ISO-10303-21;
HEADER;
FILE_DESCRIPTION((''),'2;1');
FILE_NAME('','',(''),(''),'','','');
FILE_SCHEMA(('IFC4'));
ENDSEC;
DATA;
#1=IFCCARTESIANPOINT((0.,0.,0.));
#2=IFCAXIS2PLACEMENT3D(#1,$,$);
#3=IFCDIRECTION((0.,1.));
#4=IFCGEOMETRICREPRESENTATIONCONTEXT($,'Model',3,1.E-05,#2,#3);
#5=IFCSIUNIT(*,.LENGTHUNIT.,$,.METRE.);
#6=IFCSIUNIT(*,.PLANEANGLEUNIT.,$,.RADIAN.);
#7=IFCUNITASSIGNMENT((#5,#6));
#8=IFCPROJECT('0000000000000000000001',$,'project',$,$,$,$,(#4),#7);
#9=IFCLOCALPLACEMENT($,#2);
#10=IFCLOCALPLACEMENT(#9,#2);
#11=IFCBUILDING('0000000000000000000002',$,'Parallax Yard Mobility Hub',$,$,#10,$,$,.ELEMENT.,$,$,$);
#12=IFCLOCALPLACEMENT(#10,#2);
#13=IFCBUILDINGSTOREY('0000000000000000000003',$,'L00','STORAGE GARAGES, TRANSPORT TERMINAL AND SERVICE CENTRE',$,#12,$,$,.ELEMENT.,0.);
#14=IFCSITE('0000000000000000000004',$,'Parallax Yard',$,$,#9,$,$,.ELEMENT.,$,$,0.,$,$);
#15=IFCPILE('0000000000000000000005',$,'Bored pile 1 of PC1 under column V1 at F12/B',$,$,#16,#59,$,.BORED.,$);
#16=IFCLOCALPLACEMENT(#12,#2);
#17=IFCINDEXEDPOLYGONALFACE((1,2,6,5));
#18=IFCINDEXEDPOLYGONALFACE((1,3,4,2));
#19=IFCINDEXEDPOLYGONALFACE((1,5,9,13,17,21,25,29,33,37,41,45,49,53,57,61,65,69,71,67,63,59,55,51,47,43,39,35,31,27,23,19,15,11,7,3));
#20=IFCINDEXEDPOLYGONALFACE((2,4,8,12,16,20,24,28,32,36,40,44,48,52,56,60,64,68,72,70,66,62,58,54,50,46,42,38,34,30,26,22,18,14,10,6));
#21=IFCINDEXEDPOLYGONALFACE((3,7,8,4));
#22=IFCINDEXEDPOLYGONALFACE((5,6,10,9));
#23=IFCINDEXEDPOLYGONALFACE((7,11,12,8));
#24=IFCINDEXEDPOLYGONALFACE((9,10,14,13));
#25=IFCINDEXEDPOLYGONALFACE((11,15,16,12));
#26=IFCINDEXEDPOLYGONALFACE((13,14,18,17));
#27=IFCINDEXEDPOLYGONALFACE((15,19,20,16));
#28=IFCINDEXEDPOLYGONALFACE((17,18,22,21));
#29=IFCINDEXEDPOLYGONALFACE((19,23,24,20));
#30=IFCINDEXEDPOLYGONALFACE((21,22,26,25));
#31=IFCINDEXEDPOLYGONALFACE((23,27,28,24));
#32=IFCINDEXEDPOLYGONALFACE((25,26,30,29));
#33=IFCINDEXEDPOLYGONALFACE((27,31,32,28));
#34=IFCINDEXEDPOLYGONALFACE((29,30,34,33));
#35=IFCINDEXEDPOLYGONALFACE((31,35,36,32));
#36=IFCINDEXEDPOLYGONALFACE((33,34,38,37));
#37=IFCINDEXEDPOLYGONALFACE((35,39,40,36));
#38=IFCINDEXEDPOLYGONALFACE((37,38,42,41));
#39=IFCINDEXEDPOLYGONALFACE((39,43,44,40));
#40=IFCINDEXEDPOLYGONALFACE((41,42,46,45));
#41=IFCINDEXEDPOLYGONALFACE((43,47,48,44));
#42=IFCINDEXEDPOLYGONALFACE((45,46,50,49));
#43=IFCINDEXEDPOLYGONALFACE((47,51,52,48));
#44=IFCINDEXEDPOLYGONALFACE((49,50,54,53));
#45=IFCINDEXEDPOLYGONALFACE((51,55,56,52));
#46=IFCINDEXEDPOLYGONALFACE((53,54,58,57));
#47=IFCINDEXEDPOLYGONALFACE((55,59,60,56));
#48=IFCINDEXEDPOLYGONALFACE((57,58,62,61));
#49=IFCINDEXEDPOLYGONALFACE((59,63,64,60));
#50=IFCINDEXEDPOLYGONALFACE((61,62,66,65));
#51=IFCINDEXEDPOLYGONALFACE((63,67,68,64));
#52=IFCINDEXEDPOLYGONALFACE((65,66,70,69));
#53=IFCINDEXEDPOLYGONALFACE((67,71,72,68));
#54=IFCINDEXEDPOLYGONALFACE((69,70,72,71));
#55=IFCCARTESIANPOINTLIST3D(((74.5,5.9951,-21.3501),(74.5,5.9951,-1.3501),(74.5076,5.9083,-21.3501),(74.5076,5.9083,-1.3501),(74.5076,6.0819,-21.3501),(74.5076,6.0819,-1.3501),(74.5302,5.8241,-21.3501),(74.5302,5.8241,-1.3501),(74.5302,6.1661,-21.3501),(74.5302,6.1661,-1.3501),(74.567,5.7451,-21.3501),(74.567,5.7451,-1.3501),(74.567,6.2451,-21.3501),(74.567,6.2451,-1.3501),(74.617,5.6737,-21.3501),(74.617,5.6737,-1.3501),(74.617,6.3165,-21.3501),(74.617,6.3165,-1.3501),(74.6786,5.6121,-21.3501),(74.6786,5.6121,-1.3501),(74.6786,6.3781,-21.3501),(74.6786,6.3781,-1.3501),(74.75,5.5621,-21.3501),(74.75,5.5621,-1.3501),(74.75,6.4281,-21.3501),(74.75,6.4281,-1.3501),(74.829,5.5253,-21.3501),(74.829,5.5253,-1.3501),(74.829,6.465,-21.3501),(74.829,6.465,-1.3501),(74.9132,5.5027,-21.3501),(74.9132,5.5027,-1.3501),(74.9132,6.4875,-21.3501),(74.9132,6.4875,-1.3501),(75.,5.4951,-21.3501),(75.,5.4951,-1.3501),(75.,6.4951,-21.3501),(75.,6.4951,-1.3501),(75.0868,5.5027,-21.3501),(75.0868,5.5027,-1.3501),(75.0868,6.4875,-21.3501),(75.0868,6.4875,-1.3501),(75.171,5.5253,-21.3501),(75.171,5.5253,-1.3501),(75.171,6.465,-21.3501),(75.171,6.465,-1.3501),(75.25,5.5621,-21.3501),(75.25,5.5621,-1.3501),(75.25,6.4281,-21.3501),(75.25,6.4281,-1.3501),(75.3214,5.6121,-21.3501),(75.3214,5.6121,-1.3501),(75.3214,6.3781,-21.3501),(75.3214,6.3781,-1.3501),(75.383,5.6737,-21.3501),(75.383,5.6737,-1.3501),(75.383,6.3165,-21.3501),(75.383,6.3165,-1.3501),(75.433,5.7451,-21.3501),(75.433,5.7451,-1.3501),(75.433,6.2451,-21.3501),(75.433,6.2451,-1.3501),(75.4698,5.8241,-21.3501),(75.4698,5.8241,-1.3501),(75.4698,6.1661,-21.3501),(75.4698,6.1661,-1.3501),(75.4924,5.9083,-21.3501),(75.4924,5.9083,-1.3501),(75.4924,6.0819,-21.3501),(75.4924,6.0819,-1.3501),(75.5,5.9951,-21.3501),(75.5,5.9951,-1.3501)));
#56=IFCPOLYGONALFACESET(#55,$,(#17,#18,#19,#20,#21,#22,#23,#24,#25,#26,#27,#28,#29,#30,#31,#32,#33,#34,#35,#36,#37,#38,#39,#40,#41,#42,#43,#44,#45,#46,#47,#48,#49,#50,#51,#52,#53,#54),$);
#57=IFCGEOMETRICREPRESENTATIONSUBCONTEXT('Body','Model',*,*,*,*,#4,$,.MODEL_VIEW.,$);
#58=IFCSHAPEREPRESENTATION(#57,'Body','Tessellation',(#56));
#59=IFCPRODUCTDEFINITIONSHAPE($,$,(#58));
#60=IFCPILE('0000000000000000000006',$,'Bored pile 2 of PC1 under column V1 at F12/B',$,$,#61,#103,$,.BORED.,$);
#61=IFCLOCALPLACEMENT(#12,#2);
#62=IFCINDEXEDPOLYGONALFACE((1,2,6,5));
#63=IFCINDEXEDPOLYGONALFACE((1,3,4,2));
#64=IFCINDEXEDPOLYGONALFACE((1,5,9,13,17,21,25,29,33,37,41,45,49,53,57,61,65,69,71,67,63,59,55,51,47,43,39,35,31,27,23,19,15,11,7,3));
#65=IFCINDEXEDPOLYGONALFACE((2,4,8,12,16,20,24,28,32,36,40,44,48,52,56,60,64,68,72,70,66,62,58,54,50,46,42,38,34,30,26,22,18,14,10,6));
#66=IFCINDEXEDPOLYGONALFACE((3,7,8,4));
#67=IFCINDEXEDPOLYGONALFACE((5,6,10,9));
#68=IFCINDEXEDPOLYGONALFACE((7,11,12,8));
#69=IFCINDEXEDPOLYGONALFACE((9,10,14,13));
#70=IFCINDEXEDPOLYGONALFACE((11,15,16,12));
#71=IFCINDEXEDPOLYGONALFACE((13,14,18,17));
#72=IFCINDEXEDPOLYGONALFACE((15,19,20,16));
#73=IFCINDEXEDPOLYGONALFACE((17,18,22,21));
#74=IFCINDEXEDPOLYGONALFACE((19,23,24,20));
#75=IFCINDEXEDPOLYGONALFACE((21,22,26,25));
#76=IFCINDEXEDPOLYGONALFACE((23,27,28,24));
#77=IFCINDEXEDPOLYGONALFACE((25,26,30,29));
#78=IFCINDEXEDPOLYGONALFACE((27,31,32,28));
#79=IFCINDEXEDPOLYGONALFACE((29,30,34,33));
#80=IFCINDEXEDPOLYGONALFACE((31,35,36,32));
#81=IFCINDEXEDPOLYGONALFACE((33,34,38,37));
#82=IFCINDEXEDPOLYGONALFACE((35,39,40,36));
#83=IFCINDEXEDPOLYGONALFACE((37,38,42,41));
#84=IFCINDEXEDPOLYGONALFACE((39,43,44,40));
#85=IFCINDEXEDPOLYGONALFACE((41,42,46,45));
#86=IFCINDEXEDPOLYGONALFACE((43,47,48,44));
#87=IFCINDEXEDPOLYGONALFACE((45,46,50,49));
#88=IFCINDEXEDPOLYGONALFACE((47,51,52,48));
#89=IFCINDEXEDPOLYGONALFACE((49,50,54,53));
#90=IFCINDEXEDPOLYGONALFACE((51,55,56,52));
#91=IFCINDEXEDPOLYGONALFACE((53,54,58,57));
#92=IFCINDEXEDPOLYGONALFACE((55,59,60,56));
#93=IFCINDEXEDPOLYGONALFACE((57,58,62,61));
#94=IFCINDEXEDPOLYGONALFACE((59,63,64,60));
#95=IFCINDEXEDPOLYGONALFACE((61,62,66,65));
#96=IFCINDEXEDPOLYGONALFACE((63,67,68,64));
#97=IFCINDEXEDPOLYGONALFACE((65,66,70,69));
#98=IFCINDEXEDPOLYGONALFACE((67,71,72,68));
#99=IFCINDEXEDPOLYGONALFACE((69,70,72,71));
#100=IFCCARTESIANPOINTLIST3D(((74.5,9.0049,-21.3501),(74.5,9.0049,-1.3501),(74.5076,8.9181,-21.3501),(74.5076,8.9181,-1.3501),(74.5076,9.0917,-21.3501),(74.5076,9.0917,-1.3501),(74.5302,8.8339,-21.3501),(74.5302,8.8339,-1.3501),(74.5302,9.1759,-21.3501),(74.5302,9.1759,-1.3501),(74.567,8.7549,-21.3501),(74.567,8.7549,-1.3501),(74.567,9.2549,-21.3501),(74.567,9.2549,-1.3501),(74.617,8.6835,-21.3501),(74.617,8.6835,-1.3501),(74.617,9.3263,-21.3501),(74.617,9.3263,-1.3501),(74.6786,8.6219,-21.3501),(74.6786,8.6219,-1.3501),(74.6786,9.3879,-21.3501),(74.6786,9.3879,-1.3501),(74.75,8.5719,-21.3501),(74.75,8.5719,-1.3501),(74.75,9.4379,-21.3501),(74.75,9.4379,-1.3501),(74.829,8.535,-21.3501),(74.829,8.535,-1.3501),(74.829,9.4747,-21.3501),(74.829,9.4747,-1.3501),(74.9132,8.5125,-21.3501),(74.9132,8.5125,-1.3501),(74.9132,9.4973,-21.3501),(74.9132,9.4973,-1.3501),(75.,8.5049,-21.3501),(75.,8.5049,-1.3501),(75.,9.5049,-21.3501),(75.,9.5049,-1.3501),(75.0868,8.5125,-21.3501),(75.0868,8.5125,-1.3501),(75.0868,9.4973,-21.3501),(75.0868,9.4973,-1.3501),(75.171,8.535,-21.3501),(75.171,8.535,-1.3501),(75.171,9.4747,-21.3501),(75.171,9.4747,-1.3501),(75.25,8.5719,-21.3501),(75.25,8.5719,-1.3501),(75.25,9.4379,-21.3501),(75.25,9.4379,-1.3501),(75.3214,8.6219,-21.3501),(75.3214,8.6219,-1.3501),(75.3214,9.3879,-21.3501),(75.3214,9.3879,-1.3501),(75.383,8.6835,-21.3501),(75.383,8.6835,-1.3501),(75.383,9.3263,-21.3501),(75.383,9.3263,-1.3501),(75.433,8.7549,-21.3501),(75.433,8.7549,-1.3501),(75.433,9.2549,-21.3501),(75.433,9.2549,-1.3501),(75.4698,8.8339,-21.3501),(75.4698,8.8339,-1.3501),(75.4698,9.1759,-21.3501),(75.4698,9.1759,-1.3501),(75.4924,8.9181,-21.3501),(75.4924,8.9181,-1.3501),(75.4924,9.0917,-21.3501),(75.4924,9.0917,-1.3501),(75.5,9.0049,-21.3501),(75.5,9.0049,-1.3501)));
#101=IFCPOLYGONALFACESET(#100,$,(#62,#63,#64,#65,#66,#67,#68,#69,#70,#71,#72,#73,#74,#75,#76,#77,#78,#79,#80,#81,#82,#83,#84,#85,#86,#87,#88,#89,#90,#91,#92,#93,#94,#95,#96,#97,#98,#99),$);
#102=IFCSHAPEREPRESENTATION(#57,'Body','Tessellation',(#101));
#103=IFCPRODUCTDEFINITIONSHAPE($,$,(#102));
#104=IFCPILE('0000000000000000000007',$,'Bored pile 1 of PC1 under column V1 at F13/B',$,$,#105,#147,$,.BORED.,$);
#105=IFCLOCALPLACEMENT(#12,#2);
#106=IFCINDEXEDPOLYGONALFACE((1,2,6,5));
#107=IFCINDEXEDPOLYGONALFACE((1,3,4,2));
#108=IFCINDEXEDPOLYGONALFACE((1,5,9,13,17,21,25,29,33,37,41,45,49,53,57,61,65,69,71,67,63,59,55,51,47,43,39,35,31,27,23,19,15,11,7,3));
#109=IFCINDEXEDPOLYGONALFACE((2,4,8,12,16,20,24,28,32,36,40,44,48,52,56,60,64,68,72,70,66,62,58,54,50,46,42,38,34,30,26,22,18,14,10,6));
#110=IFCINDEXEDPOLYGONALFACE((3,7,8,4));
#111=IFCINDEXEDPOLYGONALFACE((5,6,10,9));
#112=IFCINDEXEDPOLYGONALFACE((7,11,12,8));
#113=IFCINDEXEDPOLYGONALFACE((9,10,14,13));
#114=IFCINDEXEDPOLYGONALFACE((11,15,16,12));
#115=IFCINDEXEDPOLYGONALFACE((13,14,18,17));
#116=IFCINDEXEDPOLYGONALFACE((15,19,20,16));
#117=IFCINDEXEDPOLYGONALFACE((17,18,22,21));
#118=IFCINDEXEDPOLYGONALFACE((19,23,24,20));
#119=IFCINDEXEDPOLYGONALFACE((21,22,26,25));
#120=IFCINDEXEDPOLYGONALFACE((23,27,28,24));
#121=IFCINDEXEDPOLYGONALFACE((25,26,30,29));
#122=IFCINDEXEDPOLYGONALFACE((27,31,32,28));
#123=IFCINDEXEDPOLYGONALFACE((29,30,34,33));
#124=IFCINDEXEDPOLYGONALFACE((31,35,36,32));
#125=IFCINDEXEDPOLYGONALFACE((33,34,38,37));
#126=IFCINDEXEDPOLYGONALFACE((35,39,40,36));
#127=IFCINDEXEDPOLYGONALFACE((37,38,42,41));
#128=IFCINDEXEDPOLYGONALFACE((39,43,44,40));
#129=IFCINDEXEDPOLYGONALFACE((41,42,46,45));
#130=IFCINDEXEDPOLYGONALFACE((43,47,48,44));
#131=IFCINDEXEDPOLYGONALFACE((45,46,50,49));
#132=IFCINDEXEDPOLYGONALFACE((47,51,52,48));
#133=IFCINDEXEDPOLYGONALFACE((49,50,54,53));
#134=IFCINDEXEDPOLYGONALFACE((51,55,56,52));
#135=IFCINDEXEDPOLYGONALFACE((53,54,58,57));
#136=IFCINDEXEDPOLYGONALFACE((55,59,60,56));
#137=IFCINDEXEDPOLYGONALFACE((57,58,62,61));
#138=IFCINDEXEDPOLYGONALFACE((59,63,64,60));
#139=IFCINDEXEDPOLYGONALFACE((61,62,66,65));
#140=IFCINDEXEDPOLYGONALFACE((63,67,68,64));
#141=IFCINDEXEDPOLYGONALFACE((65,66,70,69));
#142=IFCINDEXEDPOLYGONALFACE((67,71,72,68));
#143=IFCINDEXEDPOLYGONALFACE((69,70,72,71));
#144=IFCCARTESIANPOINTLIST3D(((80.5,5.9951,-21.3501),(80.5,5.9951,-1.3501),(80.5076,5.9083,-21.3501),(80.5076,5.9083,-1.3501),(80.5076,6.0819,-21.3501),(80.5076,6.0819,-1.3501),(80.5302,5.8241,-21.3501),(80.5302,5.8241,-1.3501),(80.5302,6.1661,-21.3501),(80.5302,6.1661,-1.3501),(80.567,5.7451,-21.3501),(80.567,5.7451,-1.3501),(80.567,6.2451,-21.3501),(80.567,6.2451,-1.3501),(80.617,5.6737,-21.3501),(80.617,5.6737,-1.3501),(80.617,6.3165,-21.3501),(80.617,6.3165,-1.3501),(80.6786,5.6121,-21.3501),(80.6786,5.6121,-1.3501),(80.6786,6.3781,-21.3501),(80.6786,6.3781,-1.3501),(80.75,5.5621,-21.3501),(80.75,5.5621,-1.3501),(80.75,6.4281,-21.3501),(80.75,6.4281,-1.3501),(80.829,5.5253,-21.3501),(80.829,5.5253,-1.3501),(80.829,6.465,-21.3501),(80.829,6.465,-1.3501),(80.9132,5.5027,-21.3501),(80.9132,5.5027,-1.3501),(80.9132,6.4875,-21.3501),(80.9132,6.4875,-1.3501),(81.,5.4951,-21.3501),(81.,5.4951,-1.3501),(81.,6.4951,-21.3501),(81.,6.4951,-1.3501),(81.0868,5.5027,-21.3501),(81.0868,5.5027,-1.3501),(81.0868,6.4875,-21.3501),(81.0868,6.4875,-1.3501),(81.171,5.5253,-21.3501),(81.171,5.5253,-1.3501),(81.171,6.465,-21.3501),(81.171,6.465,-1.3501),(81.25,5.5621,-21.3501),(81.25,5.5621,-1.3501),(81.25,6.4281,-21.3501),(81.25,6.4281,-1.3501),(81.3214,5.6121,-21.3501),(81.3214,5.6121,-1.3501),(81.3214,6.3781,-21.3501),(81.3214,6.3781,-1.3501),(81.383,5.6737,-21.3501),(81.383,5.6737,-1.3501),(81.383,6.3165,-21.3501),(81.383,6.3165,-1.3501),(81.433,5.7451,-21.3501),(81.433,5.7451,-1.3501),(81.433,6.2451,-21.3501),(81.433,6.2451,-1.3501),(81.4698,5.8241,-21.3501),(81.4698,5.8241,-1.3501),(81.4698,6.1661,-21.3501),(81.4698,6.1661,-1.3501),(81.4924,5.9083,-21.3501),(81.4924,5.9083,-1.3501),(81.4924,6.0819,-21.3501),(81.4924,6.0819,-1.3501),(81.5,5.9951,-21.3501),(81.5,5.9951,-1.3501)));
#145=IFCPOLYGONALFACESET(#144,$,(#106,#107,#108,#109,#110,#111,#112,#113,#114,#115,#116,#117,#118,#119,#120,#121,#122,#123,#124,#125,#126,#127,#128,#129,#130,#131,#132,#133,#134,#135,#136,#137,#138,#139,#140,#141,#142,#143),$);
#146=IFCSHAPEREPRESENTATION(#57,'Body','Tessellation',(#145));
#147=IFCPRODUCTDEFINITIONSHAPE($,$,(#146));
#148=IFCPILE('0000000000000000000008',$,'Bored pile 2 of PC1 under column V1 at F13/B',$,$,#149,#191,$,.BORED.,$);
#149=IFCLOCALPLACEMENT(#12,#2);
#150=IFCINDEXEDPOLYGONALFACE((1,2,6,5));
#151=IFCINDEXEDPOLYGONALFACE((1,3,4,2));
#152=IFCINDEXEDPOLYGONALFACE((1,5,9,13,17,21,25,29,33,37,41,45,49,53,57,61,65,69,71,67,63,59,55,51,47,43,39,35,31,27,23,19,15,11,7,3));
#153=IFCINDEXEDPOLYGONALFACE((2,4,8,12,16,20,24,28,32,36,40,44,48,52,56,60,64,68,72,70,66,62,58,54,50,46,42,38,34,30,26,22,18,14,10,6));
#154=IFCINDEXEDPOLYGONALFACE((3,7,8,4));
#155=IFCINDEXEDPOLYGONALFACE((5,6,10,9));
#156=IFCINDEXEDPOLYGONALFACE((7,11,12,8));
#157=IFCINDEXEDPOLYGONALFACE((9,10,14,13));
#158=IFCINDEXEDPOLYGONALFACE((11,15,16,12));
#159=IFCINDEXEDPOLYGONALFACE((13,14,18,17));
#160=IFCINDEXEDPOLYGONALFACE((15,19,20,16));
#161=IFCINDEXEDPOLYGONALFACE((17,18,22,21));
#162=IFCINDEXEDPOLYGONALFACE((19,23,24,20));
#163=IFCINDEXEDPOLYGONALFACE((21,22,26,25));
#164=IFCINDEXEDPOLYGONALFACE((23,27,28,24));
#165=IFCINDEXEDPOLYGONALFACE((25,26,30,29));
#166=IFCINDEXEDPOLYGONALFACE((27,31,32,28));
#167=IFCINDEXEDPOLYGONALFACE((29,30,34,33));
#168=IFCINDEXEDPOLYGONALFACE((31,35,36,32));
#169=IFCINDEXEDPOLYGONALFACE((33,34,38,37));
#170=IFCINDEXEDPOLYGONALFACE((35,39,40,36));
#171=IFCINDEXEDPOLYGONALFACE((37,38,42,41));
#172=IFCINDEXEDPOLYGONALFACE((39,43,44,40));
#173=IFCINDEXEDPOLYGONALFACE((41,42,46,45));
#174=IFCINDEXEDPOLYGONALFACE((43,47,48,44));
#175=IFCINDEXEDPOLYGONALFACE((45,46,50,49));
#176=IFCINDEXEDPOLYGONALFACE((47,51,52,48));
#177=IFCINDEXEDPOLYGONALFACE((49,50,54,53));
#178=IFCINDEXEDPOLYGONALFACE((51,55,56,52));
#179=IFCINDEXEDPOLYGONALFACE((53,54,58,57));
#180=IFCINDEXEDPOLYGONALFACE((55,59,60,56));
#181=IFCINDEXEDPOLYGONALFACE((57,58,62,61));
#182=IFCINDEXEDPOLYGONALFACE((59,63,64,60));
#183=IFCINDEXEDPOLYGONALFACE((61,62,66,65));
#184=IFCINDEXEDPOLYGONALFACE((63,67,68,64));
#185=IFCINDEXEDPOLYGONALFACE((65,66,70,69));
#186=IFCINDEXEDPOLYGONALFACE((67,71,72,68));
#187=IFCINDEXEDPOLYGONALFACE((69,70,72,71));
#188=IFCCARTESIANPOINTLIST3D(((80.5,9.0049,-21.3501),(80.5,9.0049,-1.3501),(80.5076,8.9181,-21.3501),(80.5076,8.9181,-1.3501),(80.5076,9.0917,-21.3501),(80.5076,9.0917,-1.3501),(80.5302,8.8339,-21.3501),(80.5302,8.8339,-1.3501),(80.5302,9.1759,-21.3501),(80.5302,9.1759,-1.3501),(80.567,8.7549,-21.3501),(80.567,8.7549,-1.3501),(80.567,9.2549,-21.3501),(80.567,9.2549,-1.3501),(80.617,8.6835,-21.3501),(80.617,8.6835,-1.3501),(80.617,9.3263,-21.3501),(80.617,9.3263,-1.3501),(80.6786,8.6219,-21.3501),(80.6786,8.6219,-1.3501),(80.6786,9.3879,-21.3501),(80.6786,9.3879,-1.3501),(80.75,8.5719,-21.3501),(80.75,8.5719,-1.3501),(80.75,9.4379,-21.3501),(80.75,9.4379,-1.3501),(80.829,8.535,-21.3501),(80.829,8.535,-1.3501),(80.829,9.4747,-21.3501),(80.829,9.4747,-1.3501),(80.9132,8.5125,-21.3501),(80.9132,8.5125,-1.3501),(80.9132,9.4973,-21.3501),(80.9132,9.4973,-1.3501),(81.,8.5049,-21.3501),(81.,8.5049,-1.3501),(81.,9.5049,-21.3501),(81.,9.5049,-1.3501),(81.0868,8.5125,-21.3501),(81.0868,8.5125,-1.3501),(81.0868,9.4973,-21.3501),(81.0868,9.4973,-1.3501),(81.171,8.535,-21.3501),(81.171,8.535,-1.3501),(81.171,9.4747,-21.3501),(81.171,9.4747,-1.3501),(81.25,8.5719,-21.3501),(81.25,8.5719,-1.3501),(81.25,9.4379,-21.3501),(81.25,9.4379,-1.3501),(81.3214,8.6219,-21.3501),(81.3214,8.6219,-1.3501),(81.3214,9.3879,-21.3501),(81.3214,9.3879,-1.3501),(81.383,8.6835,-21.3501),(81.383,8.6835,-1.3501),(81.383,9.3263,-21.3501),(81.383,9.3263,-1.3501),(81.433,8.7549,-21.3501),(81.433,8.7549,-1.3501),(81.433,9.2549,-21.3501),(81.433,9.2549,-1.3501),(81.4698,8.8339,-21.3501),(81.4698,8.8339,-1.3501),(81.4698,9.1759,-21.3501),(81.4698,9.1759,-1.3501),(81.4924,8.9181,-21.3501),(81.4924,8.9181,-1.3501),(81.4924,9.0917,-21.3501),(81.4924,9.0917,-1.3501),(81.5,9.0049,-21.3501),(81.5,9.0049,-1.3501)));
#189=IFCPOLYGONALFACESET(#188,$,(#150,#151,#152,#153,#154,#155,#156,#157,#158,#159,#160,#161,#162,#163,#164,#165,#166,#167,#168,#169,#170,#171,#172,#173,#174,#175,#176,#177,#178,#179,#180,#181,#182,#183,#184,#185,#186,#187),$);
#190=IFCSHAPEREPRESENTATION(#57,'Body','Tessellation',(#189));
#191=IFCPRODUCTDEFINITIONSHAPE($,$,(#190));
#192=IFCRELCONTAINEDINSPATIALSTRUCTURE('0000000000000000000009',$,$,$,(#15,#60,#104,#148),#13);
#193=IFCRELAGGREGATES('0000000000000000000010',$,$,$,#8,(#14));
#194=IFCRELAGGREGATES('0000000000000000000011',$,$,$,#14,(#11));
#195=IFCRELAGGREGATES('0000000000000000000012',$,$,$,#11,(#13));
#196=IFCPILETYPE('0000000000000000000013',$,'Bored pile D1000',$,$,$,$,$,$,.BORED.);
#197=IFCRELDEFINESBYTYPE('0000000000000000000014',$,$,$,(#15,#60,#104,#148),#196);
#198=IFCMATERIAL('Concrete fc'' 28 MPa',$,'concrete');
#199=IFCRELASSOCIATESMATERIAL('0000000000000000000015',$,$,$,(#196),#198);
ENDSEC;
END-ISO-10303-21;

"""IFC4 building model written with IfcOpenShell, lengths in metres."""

from ifc_helpers import new_model, si_unit, direction, frame, origin, origin_2d, place, context, subcontext, project, spatial, circle, extrude, material, material_profile, profile_set, type_object, element, save


model = new_model("IFC4")

# Units and contexts
model_context = context("Model", 3, precision=1e-05, world=origin(), true_north=direction((0.0, 1.0)))
body_context = subcontext(model_context, "Body", "Model", "MODEL_VIEW")
ifc_project = project(units=[si_unit("LENGTHUNIT", "METRE"), si_unit("PLANEANGLEUNIT", "RADIAN")], contexts=[model_context])

# Site, building, storey
site_placement = place(None, origin())
site = spatial("IfcSite", under=ifc_project, at=site_placement, Name="Parallax Yard", CompositionType="ELEMENT", RefElevation=0.0)
building_placement = place(site_placement, origin())
building = spatial("IfcBuilding", under=site, at=building_placement, Name="Parallax Yard Mobility Hub", CompositionType="ELEMENT")
storey_placement = place(building_placement, origin())
storey = spatial("IfcBuildingStorey", under=building, at=storey_placement, Name="L00", Description="STORAGE GARAGES, TRANSPORT TERMINAL AND SERVICE CENTRE", CompositionType="ELEMENT", Elevation=0.0)

# Piles
ifc_material_1 = material(Name="Concrete fc' 28 MPa", Category="concrete")
ifc_material_profile_1 = material_profile(ifc_material_1, circle(Radius=0.5, at=origin_2d()), Name="Bored pile D1000")
ifc_profile_set_1 = profile_set([ifc_material_profile_1], Name="Concrete fc' 28 MPa")
pile_type = type_object("IfcPileType", Name="Bored pile D1000", PredefinedType="BORED", material=ifc_profile_set_1)
for number, where, z_axis, x_axis, name in (
    (1, (75.0, 5.9951, -1.3501), (0.0, 0.0, -1.0), (1.0, 0.0, 0.0), "Bored pile 1 of PC1 under column V1 at F12/B"),
    (2, (75.0, 9.0049, -1.3501), (0.0, 0.0, -1.0), (1.0, 0.0, 0.0), "Bored pile 2 of PC1 under column V1 at F12/B"),
    (3, (81.0, 5.9951, -1.3501), (0.0, 0.0, -1.0), (1.0, 0.0, 0.0), "Bored pile 1 of PC1 under column V1 at F13/B"),
    (4, (81.0, 9.0049, -1.3501), (0.0, 0.0, -1.0), (1.0, 0.0, 0.0), "Bored pile 2 of PC1 under column V1 at F13/B"),
):
    element("IfcPile", number, at=place(storey_placement, frame(where, z_axis=z_axis, x_axis=x_axis)), inside=storey, type_object=pile_type, Name=name, PredefinedType="BORED", context=body_context, shape_type="SweptSolid", body=[
        extrude(circle(Radius=0.5, at=origin_2d()), origin(), (0.0, 0.0, 1.0), 20.0),
    ])

save(model, "model.ifc")
